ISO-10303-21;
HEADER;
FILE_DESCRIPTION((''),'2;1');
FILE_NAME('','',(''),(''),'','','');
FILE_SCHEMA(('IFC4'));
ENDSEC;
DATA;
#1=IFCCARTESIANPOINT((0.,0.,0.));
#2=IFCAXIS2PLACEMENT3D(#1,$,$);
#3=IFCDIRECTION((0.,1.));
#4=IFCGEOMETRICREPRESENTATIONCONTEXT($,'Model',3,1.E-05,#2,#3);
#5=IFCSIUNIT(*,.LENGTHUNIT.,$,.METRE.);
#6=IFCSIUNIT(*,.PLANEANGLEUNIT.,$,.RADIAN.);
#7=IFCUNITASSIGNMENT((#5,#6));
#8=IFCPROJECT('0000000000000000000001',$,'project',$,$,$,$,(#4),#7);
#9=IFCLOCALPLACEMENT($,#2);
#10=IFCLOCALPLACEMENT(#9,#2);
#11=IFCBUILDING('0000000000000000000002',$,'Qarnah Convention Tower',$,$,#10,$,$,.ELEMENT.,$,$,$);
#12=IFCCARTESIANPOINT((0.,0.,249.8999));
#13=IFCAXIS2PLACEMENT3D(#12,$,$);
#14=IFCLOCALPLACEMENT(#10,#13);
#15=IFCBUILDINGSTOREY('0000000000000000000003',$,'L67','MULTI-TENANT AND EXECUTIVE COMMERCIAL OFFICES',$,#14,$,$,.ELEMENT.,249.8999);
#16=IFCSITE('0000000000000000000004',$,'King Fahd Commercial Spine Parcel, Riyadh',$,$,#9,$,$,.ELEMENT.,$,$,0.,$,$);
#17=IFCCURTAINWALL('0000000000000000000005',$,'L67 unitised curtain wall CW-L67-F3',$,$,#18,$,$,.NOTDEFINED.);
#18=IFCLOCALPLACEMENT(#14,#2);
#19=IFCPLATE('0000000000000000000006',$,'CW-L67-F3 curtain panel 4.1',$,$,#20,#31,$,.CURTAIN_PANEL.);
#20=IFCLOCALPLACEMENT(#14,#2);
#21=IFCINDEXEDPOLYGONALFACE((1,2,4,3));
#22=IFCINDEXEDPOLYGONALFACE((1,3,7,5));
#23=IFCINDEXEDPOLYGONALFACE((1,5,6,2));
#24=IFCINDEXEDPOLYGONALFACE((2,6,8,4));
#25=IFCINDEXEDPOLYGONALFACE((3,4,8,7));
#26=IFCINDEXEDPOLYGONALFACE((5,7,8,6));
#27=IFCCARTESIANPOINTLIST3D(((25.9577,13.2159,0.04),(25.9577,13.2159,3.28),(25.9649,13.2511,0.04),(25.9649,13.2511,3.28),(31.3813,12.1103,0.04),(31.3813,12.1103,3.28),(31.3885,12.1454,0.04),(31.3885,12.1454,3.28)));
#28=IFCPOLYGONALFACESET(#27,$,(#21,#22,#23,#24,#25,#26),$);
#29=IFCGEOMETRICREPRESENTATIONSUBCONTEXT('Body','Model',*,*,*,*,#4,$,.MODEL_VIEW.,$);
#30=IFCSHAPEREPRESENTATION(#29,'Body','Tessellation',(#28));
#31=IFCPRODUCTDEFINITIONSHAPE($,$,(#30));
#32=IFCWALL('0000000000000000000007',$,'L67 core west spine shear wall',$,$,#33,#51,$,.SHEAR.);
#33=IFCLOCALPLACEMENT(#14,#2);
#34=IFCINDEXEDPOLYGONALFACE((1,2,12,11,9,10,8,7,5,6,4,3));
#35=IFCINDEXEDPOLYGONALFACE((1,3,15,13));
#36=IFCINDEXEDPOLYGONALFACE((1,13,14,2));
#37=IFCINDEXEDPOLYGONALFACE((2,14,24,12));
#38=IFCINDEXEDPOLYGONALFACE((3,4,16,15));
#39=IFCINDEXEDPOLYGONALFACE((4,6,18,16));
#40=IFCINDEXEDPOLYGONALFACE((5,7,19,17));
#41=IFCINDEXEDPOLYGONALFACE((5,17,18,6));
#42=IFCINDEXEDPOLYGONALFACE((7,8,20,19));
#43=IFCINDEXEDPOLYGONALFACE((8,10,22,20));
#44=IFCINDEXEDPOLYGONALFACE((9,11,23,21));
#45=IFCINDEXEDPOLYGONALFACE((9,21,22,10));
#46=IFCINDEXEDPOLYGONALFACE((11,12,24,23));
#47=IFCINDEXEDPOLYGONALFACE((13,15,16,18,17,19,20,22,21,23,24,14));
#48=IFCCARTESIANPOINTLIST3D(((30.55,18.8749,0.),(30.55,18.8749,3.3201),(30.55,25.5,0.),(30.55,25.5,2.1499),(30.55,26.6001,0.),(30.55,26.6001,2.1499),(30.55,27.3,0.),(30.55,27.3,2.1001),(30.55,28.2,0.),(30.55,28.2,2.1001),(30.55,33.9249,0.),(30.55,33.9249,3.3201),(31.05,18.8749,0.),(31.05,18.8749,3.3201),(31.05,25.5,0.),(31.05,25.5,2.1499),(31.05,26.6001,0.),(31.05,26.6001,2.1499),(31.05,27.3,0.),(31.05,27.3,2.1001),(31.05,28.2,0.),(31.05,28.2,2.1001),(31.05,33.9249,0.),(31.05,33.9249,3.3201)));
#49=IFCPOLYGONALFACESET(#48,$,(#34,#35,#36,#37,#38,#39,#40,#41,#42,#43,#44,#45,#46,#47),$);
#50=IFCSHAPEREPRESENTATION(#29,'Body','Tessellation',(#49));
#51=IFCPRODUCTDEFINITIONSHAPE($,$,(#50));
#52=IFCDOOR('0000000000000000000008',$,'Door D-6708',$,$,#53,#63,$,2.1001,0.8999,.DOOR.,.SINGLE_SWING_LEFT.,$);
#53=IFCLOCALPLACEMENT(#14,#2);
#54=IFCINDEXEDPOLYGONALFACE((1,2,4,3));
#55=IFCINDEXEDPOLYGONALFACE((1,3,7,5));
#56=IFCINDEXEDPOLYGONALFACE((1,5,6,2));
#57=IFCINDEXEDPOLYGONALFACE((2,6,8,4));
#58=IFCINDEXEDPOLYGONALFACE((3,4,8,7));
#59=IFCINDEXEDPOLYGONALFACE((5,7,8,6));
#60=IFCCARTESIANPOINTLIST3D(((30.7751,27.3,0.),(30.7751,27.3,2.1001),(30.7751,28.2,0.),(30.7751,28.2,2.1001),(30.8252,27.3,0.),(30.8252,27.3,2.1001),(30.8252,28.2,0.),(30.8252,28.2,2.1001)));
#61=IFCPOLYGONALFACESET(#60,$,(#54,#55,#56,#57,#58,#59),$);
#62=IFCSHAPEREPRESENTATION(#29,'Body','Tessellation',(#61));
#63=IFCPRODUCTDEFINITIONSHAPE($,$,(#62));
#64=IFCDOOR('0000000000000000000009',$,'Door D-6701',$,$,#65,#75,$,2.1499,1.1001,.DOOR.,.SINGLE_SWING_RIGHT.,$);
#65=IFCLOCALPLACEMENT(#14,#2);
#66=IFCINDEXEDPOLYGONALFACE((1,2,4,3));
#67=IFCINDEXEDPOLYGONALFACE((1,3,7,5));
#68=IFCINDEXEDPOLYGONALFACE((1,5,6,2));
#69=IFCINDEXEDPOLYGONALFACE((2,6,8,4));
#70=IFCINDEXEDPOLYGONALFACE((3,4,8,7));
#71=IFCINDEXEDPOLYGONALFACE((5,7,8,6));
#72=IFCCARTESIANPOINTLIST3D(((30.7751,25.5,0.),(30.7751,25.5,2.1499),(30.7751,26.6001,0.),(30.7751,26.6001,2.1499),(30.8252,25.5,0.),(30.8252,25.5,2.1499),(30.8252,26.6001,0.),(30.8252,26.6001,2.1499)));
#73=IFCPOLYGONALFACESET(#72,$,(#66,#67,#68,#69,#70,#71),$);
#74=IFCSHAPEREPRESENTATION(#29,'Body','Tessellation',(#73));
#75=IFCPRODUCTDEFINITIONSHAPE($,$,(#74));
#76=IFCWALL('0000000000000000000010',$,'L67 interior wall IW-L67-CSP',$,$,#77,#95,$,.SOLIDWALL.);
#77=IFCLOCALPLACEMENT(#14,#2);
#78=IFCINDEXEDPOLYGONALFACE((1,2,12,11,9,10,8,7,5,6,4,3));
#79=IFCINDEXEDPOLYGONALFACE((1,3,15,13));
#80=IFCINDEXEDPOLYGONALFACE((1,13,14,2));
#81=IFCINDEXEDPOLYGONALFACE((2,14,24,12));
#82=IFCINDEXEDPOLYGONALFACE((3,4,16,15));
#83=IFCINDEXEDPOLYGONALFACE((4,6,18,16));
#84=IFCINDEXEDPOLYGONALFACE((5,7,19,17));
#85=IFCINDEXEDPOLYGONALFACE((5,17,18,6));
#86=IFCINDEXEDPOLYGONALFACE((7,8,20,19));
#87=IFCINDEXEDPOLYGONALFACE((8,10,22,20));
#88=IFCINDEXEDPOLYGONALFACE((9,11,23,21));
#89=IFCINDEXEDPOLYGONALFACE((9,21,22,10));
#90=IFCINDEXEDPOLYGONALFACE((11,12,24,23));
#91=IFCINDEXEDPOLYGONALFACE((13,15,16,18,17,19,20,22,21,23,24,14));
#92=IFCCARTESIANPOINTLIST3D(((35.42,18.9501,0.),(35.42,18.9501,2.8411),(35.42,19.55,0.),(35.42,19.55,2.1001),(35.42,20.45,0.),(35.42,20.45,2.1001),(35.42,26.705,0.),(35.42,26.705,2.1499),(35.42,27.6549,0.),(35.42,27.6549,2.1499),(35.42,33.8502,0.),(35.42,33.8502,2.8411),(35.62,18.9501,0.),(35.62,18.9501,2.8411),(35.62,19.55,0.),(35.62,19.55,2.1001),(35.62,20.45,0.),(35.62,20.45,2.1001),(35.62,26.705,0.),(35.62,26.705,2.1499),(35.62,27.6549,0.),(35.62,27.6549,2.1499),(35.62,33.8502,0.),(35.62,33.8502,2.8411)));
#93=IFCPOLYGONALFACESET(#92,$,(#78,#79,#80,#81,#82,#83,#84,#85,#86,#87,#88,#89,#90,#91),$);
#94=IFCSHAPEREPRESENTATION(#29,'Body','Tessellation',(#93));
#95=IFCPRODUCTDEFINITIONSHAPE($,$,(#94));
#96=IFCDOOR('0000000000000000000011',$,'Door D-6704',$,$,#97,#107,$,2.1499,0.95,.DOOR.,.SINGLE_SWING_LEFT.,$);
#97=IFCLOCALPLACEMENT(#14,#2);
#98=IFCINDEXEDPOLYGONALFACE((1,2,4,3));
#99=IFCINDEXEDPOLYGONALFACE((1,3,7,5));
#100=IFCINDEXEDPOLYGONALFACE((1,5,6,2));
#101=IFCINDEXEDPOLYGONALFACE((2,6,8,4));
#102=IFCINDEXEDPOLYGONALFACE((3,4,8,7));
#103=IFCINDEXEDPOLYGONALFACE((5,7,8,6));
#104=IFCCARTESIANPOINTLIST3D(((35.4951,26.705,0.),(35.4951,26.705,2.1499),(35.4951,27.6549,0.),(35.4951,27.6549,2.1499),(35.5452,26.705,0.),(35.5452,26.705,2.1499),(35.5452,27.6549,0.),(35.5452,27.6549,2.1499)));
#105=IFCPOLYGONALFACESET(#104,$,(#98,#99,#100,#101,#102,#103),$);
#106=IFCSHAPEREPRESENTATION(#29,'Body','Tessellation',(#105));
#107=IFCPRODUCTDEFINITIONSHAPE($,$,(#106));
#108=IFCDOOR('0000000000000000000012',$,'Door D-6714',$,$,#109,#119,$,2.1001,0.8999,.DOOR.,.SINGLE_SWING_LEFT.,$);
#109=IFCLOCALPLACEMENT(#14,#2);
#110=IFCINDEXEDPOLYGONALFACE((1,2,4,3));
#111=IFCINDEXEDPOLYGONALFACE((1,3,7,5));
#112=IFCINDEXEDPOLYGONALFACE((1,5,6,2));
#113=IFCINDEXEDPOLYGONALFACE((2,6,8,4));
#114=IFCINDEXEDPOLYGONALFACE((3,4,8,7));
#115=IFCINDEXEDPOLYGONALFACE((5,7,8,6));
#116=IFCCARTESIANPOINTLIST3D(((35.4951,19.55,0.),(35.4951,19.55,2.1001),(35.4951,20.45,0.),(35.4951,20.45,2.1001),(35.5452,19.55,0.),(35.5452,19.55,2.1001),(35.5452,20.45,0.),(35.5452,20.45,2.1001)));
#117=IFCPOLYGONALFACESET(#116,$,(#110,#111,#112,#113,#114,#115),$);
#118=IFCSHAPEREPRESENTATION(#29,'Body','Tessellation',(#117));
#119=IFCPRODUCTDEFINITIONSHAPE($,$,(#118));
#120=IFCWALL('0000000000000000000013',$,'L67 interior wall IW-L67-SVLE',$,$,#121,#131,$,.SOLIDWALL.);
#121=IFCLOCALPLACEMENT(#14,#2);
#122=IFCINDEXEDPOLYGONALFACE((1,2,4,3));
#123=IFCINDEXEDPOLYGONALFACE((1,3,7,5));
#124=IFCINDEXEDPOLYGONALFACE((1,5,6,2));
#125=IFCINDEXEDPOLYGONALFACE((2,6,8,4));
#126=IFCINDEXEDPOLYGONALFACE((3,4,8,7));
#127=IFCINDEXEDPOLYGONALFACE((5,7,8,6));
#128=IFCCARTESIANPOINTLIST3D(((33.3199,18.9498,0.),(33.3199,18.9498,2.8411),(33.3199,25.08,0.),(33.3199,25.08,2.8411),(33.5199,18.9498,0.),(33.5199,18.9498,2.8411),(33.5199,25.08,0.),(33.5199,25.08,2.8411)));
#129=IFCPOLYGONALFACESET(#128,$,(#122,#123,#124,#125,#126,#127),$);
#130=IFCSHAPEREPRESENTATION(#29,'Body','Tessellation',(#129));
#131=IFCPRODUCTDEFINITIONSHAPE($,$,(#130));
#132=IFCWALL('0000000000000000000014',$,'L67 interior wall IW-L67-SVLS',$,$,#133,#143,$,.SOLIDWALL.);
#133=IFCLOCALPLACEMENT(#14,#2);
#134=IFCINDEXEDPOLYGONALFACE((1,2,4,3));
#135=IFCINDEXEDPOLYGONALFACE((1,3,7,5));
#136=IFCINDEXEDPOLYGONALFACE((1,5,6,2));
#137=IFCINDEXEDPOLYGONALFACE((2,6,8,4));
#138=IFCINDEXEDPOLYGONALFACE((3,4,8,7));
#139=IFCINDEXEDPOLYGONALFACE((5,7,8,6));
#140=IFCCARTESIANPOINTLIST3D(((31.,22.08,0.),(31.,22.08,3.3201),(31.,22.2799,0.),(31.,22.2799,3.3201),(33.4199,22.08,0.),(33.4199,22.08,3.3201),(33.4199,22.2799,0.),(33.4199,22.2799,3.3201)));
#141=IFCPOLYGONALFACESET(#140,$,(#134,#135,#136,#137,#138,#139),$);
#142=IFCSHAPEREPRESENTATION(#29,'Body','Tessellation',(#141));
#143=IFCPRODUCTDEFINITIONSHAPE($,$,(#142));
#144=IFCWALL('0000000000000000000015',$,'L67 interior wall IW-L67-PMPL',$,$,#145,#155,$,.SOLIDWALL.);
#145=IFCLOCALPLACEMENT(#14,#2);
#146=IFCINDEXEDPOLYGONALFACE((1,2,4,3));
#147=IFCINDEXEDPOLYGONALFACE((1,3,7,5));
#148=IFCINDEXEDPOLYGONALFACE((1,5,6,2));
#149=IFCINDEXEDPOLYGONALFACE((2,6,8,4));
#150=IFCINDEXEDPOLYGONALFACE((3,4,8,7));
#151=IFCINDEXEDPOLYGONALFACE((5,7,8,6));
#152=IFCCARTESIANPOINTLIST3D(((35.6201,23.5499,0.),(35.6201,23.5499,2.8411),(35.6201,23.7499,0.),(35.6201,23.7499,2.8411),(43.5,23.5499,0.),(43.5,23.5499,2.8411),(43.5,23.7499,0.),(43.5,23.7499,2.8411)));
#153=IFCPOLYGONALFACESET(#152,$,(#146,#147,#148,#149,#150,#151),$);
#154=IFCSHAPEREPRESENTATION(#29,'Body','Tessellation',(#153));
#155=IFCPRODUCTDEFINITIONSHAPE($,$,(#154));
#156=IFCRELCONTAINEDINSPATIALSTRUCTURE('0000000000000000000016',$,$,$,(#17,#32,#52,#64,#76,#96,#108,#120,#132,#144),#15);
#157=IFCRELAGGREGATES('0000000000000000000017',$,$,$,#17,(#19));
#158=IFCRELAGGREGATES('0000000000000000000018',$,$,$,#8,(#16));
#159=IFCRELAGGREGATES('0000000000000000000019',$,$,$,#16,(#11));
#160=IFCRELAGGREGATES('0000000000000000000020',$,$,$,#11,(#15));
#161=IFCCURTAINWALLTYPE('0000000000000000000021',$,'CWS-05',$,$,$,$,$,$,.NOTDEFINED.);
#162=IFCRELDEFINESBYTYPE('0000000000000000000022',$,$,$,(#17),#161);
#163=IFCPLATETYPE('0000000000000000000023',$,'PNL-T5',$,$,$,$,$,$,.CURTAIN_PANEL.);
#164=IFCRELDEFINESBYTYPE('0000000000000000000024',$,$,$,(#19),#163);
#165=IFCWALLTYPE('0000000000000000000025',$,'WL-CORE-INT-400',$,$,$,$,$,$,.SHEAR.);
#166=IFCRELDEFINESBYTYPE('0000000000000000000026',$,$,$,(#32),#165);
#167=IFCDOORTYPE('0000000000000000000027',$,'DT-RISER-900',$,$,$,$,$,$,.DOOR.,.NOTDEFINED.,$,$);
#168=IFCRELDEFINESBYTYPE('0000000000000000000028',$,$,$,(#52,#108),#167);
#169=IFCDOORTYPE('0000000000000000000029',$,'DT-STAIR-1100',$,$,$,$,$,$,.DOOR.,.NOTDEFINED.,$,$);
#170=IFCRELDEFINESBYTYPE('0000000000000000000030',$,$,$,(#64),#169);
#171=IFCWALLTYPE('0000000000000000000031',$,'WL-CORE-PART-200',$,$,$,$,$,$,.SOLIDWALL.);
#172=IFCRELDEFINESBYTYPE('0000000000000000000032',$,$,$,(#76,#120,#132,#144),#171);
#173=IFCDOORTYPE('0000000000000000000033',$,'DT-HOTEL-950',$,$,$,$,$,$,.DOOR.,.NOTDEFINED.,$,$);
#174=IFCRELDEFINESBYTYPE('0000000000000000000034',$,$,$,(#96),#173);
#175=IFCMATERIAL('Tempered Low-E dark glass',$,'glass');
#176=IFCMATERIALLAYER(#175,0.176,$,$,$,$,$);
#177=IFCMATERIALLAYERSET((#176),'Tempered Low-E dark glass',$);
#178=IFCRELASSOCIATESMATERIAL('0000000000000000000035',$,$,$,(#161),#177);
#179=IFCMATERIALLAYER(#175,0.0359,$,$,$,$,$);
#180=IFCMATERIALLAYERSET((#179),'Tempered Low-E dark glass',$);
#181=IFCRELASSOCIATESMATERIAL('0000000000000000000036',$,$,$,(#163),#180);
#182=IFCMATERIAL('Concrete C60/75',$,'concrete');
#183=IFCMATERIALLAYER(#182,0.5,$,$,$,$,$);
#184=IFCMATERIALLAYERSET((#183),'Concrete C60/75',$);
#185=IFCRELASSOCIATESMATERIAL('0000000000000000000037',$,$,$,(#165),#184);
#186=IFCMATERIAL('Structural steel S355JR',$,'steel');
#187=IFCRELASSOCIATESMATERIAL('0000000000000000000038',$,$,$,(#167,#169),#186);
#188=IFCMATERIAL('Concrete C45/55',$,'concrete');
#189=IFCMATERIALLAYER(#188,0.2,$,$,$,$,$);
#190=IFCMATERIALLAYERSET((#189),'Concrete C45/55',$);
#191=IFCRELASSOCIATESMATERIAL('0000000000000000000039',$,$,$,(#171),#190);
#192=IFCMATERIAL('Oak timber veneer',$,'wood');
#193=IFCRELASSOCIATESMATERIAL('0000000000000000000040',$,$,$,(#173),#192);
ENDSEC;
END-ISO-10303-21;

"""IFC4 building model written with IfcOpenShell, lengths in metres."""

from ifc_helpers import new_model, si_unit, direction, frame, frame_2d, origin, origin_2d, place, context, subcontext, project, spatial, rectangle, extrude, material, layer, layer_set, type_object, element, fill, aggregate, save


model = new_model("IFC4")

# Units and contexts
model_context = context("Model", 3, precision=1e-05, world=origin(), true_north=direction((0.0, 1.0)))
body_context = subcontext(model_context, "Body", "Model", "MODEL_VIEW")
ifc_project = project(units=[si_unit("LENGTHUNIT", "METRE"), si_unit("PLANEANGLEUNIT", "RADIAN")], contexts=[model_context])

# Site, building, storey
site_placement = place(None, origin())
site = spatial("IfcSite", under=ifc_project, at=site_placement, Name="King Fahd Commercial Spine Parcel, Riyadh", CompositionType="ELEMENT", RefElevation=0.0)
building_placement = place(site_placement, origin())
building = spatial("IfcBuilding", under=site, at=building_placement, Name="Qarnah Convention Tower", CompositionType="ELEMENT")
storey_placement = place(building_placement, frame((0.0, 0.0, 249.8999)))
storey = spatial("IfcBuildingStorey", under=building, at=storey_placement, Name="L67", Description="MULTI-TENANT AND EXECUTIVE COMMERCIAL OFFICES", CompositionType="ELEMENT", Elevation=249.8999)

# Shared definitions
ifc_material_1 = material(Name="Structural steel S355JR", Category="steel")

# Curtain wall, plate
ifc_material_2 = material(Name="Tempered Low-E dark glass", Category="glass")
ifc_layer_1 = layer(ifc_material_2, 0.176)
ifc_layer_set_1 = layer_set([ifc_layer_1], Name="Tempered Low-E dark glass")
curtain_wall_type = type_object("IfcCurtainWallType", Name="CWS-05", PredefinedType="NOTDEFINED", material=ifc_layer_set_1)
curtain_wall_placement = place(storey_placement, origin())
curtain_wall = element("IfcCurtainWall", 1, at=curtain_wall_placement, inside=storey, type_object=curtain_wall_type, Name="L67 unitised curtain wall CW-L67-F3", PredefinedType="NOTDEFINED")
ifc_layer_2 = layer(ifc_material_2, 0.0359)
ifc_layer_set_2 = layer_set([ifc_layer_2], Name="Tempered Low-E dark glass")
plate_type = type_object("IfcPlateType", Name="PNL-T5", PredefinedType="CURTAIN_PANEL", material=ifc_layer_set_2)
plate_1_placement = place(storey_placement, frame((28.6731, 12.6807, 0.04), z_axis=(0.0, 0.0, 1.0), x_axis=(-0.979848, 0.199745, 0.0)))
plate_1 = element("IfcPlate", 2, at=plate_1_placement, type_object=plate_type, Name="CW-L67-F3 curtain panel 4.1", PredefinedType="CURTAIN_PANEL", context=body_context, shape_type="SweptSolid", body=[
    extrude(rectangle(XDim=5.5352, YDim=0.0359, at=origin_2d()), origin(), (0.0, 0.0, 1.0), 3.24),
])
aggregate(curtain_wall, [plate_1])

# Walls, openings, doors
ifc_material_3 = material(Name="Concrete C60/75", Category="concrete")
ifc_layer_3 = layer(ifc_material_3, 0.5)
ifc_layer_set_3 = layer_set([ifc_layer_3], Name="Concrete C60/75")
wall_type_1 = type_object("IfcWallType", Name="WL-CORE-INT-400", PredefinedType="SHEAR", material=ifc_layer_set_3)
wall_1_placement = place(storey_placement, frame((30.8, 18.875, 0.0), z_axis=(0.0, 0.0, 1.0), x_axis=(0.0, 1.0, 0.0)))
wall_1 = element("IfcWall", 3, at=wall_1_placement, inside=storey, type_object=wall_type_1, Name="L67 core west spine shear wall", PredefinedType="SHEAR", context=body_context, shape_type="SweptSolid", body=[
    extrude(rectangle(XDim=15.05, YDim=0.5, at=frame_2d((7.5249, 0.0))), origin(), (0.0, 0.0, 1.0), 3.3201),
])
opening_1_placement = place(wall_1_placement, frame((6.625, 0.0, 0.0)))
opening_1 = element("IfcOpeningElement", 4, at=opening_1_placement, cuts=wall_1, PredefinedType="OPENING", context=body_context, shape_type="SweptSolid", body=[
    extrude(rectangle(XDim=1.1001, YDim=2.1499, at=frame_2d((0.55, 1.075))), frame((0.0, 0.26, 0.0), z_axis=(0.0, -1.0, 0.0), x_axis=(1.0, 0.0, 0.0)), (0.0, 0.0, 1.0), 0.52),
])
opening_2_placement = place(wall_1_placement, frame((8.425, 0.0, 0.0)))
opening_2 = element("IfcOpeningElement", 5, at=opening_2_placement, cuts=wall_1, PredefinedType="OPENING", context=body_context, shape_type="SweptSolid", body=[
    extrude(rectangle(XDim=0.8999, YDim=2.1001, at=frame_2d((0.45, 1.05))), frame((0.0, 0.26, 0.0), z_axis=(0.0, -1.0, 0.0), x_axis=(1.0, 0.0, 0.0)), (0.0, 0.0, 1.0), 0.52),
])
door_type_1 = type_object("IfcDoorType", Name="DT-RISER-900", OperationType="NOTDEFINED", PredefinedType="DOOR", material=ifc_material_1)
door_1_placement = place(opening_2_placement, origin())
door_1 = element("IfcDoor", 6, at=door_1_placement, inside=storey, type_object=door_type_1, Name="Door D-6708", OperationType="SINGLE_SWING_LEFT", OverallHeight=2.1001, OverallWidth=0.8999, PredefinedType="DOOR", context=body_context, shape_type="SweptSolid", body=[
    extrude(rectangle(XDim=0.8999, YDim=2.1001, at=frame_2d((0.45, 1.05))), frame((0.0, 0.0249, 0.0), z_axis=(0.0, -1.0, 0.0), x_axis=(1.0, 0.0, 0.0)), (0.0, 0.0, 1.0), 0.05),
])
fill(opening_2, door_1)
door_type_2 = type_object("IfcDoorType", Name="DT-STAIR-1100", OperationType="NOTDEFINED", PredefinedType="DOOR", material=ifc_material_1)
door_2_placement = place(opening_1_placement, origin())
door_2 = element("IfcDoor", 7, at=door_2_placement, inside=storey, type_object=door_type_2, Name="Door D-6701", OperationType="SINGLE_SWING_RIGHT", OverallHeight=2.1499, OverallWidth=1.1001, PredefinedType="DOOR", context=body_context, shape_type="SweptSolid", body=[
    extrude(rectangle(XDim=1.1001, YDim=2.1499, at=frame_2d((0.55, 1.075))), frame((0.0, 0.0249, 0.0), z_axis=(0.0, -1.0, 0.0), x_axis=(1.0, 0.0, 0.0)), (0.0, 0.0, 1.0), 0.05),
])
fill(opening_1, door_2)
ifc_material_4 = material(Name="Concrete C45/55", Category="concrete")
ifc_layer_4 = layer(ifc_material_4, 0.2)
ifc_layer_set_4 = layer_set([ifc_layer_4], Name="Concrete C45/55")
wall_type_2 = type_object("IfcWallType", Name="WL-CORE-PART-200", PredefinedType="SOLIDWALL", material=ifc_layer_set_4)
wall_2_placement = place(storey_placement, frame((35.52, 18.95, 0.0), z_axis=(0.0, 0.0, 1.0), x_axis=(0.0, 1.0, 0.0)))
wall_2 = element("IfcWall", 8, at=wall_2_placement, inside=storey, type_object=wall_type_2, Name="L67 interior wall IW-L67-CSP", PredefinedType="SOLIDWALL", context=body_context, shape_type="SweptSolid", body=[
    extrude(rectangle(XDim=14.9001, YDim=0.2, at=frame_2d((7.4502, 0.0))), origin(), (0.0, 0.0, 1.0), 2.8411),
])
opening_3_placement = place(wall_2_placement, frame((7.7549, 0.0, 0.0)))
opening_3 = element("IfcOpeningElement", 9, at=opening_3_placement, cuts=wall_2, PredefinedType="OPENING", context=body_context, shape_type="SweptSolid", body=[
    extrude(rectangle(XDim=0.95, YDim=2.1499, at=frame_2d((0.4751, 1.075))), frame((0.0, 0.1099, 0.0), z_axis=(0.0, -1.0, 0.0), x_axis=(1.0, 0.0, 0.0)), (0.0, 0.0, 1.0), 0.22),
])
opening_4_placement = place(wall_2_placement, frame((0.6001, 0.0, 0.0)))
opening_4 = element("IfcOpeningElement", 10, at=opening_4_placement, cuts=wall_2, PredefinedType="OPENING", context=body_context, shape_type="SweptSolid", body=[
    extrude(rectangle(XDim=0.8999, YDim=2.1001, at=frame_2d((0.45, 1.05))), frame((0.0, 0.1099, 0.0), z_axis=(0.0, -1.0, 0.0), x_axis=(1.0, 0.0, 0.0)), (0.0, 0.0, 1.0), 0.22),
])
ifc_material_5 = material(Name="Oak timber veneer", Category="wood")
door_type_3 = type_object("IfcDoorType", Name="DT-HOTEL-950", OperationType="NOTDEFINED", PredefinedType="DOOR", material=ifc_material_5)
door_3_placement = place(opening_3_placement, origin())
door_3 = element("IfcDoor", 11, at=door_3_placement, inside=storey, type_object=door_type_3, Name="Door D-6704", OperationType="SINGLE_SWING_LEFT", OverallHeight=2.1499, OverallWidth=0.95, PredefinedType="DOOR", context=body_context, shape_type="SweptSolid", body=[
    extrude(rectangle(XDim=0.95, YDim=2.1499, at=frame_2d((0.4751, 1.075))), frame((0.0, 0.0249, 0.0), z_axis=(0.0, -1.0, 0.0), x_axis=(1.0, 0.0, 0.0)), (0.0, 0.0, 1.0), 0.05),
])
fill(opening_3, door_3)
door_4_placement = place(opening_4_placement, origin())
door_4 = element("IfcDoor", 12, at=door_4_placement, inside=storey, type_object=door_type_1, Name="Door D-6714", OperationType="SINGLE_SWING_LEFT", OverallHeight=2.1001, OverallWidth=0.8999, PredefinedType="DOOR", context=body_context, shape_type="SweptSolid", body=[
    extrude(rectangle(XDim=0.8999, YDim=2.1001, at=frame_2d((0.45, 1.05))), frame((0.0, 0.0249, 0.0), z_axis=(0.0, -1.0, 0.0), x_axis=(1.0, 0.0, 0.0)), (0.0, 0.0, 1.0), 0.05),
])
fill(opening_4, door_4)

# Walls
wall_3_placement = place(storey_placement, frame((33.4199, 18.95, 0.0), z_axis=(0.0, 0.0, 1.0), x_axis=(0.0, 1.0, 0.0)))
element("IfcWall", 13, at=wall_3_placement, inside=storey, type_object=wall_type_2, Name="L67 interior wall IW-L67-SVLE", PredefinedType="SOLIDWALL", context=body_context, shape_type="SweptSolid", body=[
    extrude(rectangle(XDim=6.1301, YDim=0.2, at=frame_2d((3.0649, 0.0))), origin(), (0.0, 0.0, 1.0), 2.8411),
])
wall_4_placement = place(storey_placement, frame((31.0, 22.1799, 0.0), z_axis=(0.0, 0.0, 1.0), x_axis=(1.0, 0.0, 0.0)))
element("IfcWall", 14, at=wall_4_placement, inside=storey, type_object=wall_type_2, Name="L67 interior wall IW-L67-SVLS", PredefinedType="SOLIDWALL", context=body_context, shape_type="SweptSolid", body=[
    extrude(rectangle(XDim=2.4199, YDim=0.2, at=frame_2d((1.21, 0.0))), origin(), (0.0, 0.0, 1.0), 3.3201),
])
wall_5_placement = place(storey_placement, frame((35.6201, 23.6499, 0.0), z_axis=(0.0, 0.0, 1.0), x_axis=(1.0, 0.0, 0.0)))
element("IfcWall", 15, at=wall_5_placement, inside=storey, type_object=wall_type_2, Name="L67 interior wall IW-L67-PMPL", PredefinedType="SOLIDWALL", context=body_context, shape_type="SweptSolid", body=[
    extrude(rectangle(XDim=7.8799, YDim=0.2, at=frame_2d((3.9399, 0.0))), origin(), (0.0, 0.0, 1.0), 2.8411),
])

save(model, "model.ifc")
